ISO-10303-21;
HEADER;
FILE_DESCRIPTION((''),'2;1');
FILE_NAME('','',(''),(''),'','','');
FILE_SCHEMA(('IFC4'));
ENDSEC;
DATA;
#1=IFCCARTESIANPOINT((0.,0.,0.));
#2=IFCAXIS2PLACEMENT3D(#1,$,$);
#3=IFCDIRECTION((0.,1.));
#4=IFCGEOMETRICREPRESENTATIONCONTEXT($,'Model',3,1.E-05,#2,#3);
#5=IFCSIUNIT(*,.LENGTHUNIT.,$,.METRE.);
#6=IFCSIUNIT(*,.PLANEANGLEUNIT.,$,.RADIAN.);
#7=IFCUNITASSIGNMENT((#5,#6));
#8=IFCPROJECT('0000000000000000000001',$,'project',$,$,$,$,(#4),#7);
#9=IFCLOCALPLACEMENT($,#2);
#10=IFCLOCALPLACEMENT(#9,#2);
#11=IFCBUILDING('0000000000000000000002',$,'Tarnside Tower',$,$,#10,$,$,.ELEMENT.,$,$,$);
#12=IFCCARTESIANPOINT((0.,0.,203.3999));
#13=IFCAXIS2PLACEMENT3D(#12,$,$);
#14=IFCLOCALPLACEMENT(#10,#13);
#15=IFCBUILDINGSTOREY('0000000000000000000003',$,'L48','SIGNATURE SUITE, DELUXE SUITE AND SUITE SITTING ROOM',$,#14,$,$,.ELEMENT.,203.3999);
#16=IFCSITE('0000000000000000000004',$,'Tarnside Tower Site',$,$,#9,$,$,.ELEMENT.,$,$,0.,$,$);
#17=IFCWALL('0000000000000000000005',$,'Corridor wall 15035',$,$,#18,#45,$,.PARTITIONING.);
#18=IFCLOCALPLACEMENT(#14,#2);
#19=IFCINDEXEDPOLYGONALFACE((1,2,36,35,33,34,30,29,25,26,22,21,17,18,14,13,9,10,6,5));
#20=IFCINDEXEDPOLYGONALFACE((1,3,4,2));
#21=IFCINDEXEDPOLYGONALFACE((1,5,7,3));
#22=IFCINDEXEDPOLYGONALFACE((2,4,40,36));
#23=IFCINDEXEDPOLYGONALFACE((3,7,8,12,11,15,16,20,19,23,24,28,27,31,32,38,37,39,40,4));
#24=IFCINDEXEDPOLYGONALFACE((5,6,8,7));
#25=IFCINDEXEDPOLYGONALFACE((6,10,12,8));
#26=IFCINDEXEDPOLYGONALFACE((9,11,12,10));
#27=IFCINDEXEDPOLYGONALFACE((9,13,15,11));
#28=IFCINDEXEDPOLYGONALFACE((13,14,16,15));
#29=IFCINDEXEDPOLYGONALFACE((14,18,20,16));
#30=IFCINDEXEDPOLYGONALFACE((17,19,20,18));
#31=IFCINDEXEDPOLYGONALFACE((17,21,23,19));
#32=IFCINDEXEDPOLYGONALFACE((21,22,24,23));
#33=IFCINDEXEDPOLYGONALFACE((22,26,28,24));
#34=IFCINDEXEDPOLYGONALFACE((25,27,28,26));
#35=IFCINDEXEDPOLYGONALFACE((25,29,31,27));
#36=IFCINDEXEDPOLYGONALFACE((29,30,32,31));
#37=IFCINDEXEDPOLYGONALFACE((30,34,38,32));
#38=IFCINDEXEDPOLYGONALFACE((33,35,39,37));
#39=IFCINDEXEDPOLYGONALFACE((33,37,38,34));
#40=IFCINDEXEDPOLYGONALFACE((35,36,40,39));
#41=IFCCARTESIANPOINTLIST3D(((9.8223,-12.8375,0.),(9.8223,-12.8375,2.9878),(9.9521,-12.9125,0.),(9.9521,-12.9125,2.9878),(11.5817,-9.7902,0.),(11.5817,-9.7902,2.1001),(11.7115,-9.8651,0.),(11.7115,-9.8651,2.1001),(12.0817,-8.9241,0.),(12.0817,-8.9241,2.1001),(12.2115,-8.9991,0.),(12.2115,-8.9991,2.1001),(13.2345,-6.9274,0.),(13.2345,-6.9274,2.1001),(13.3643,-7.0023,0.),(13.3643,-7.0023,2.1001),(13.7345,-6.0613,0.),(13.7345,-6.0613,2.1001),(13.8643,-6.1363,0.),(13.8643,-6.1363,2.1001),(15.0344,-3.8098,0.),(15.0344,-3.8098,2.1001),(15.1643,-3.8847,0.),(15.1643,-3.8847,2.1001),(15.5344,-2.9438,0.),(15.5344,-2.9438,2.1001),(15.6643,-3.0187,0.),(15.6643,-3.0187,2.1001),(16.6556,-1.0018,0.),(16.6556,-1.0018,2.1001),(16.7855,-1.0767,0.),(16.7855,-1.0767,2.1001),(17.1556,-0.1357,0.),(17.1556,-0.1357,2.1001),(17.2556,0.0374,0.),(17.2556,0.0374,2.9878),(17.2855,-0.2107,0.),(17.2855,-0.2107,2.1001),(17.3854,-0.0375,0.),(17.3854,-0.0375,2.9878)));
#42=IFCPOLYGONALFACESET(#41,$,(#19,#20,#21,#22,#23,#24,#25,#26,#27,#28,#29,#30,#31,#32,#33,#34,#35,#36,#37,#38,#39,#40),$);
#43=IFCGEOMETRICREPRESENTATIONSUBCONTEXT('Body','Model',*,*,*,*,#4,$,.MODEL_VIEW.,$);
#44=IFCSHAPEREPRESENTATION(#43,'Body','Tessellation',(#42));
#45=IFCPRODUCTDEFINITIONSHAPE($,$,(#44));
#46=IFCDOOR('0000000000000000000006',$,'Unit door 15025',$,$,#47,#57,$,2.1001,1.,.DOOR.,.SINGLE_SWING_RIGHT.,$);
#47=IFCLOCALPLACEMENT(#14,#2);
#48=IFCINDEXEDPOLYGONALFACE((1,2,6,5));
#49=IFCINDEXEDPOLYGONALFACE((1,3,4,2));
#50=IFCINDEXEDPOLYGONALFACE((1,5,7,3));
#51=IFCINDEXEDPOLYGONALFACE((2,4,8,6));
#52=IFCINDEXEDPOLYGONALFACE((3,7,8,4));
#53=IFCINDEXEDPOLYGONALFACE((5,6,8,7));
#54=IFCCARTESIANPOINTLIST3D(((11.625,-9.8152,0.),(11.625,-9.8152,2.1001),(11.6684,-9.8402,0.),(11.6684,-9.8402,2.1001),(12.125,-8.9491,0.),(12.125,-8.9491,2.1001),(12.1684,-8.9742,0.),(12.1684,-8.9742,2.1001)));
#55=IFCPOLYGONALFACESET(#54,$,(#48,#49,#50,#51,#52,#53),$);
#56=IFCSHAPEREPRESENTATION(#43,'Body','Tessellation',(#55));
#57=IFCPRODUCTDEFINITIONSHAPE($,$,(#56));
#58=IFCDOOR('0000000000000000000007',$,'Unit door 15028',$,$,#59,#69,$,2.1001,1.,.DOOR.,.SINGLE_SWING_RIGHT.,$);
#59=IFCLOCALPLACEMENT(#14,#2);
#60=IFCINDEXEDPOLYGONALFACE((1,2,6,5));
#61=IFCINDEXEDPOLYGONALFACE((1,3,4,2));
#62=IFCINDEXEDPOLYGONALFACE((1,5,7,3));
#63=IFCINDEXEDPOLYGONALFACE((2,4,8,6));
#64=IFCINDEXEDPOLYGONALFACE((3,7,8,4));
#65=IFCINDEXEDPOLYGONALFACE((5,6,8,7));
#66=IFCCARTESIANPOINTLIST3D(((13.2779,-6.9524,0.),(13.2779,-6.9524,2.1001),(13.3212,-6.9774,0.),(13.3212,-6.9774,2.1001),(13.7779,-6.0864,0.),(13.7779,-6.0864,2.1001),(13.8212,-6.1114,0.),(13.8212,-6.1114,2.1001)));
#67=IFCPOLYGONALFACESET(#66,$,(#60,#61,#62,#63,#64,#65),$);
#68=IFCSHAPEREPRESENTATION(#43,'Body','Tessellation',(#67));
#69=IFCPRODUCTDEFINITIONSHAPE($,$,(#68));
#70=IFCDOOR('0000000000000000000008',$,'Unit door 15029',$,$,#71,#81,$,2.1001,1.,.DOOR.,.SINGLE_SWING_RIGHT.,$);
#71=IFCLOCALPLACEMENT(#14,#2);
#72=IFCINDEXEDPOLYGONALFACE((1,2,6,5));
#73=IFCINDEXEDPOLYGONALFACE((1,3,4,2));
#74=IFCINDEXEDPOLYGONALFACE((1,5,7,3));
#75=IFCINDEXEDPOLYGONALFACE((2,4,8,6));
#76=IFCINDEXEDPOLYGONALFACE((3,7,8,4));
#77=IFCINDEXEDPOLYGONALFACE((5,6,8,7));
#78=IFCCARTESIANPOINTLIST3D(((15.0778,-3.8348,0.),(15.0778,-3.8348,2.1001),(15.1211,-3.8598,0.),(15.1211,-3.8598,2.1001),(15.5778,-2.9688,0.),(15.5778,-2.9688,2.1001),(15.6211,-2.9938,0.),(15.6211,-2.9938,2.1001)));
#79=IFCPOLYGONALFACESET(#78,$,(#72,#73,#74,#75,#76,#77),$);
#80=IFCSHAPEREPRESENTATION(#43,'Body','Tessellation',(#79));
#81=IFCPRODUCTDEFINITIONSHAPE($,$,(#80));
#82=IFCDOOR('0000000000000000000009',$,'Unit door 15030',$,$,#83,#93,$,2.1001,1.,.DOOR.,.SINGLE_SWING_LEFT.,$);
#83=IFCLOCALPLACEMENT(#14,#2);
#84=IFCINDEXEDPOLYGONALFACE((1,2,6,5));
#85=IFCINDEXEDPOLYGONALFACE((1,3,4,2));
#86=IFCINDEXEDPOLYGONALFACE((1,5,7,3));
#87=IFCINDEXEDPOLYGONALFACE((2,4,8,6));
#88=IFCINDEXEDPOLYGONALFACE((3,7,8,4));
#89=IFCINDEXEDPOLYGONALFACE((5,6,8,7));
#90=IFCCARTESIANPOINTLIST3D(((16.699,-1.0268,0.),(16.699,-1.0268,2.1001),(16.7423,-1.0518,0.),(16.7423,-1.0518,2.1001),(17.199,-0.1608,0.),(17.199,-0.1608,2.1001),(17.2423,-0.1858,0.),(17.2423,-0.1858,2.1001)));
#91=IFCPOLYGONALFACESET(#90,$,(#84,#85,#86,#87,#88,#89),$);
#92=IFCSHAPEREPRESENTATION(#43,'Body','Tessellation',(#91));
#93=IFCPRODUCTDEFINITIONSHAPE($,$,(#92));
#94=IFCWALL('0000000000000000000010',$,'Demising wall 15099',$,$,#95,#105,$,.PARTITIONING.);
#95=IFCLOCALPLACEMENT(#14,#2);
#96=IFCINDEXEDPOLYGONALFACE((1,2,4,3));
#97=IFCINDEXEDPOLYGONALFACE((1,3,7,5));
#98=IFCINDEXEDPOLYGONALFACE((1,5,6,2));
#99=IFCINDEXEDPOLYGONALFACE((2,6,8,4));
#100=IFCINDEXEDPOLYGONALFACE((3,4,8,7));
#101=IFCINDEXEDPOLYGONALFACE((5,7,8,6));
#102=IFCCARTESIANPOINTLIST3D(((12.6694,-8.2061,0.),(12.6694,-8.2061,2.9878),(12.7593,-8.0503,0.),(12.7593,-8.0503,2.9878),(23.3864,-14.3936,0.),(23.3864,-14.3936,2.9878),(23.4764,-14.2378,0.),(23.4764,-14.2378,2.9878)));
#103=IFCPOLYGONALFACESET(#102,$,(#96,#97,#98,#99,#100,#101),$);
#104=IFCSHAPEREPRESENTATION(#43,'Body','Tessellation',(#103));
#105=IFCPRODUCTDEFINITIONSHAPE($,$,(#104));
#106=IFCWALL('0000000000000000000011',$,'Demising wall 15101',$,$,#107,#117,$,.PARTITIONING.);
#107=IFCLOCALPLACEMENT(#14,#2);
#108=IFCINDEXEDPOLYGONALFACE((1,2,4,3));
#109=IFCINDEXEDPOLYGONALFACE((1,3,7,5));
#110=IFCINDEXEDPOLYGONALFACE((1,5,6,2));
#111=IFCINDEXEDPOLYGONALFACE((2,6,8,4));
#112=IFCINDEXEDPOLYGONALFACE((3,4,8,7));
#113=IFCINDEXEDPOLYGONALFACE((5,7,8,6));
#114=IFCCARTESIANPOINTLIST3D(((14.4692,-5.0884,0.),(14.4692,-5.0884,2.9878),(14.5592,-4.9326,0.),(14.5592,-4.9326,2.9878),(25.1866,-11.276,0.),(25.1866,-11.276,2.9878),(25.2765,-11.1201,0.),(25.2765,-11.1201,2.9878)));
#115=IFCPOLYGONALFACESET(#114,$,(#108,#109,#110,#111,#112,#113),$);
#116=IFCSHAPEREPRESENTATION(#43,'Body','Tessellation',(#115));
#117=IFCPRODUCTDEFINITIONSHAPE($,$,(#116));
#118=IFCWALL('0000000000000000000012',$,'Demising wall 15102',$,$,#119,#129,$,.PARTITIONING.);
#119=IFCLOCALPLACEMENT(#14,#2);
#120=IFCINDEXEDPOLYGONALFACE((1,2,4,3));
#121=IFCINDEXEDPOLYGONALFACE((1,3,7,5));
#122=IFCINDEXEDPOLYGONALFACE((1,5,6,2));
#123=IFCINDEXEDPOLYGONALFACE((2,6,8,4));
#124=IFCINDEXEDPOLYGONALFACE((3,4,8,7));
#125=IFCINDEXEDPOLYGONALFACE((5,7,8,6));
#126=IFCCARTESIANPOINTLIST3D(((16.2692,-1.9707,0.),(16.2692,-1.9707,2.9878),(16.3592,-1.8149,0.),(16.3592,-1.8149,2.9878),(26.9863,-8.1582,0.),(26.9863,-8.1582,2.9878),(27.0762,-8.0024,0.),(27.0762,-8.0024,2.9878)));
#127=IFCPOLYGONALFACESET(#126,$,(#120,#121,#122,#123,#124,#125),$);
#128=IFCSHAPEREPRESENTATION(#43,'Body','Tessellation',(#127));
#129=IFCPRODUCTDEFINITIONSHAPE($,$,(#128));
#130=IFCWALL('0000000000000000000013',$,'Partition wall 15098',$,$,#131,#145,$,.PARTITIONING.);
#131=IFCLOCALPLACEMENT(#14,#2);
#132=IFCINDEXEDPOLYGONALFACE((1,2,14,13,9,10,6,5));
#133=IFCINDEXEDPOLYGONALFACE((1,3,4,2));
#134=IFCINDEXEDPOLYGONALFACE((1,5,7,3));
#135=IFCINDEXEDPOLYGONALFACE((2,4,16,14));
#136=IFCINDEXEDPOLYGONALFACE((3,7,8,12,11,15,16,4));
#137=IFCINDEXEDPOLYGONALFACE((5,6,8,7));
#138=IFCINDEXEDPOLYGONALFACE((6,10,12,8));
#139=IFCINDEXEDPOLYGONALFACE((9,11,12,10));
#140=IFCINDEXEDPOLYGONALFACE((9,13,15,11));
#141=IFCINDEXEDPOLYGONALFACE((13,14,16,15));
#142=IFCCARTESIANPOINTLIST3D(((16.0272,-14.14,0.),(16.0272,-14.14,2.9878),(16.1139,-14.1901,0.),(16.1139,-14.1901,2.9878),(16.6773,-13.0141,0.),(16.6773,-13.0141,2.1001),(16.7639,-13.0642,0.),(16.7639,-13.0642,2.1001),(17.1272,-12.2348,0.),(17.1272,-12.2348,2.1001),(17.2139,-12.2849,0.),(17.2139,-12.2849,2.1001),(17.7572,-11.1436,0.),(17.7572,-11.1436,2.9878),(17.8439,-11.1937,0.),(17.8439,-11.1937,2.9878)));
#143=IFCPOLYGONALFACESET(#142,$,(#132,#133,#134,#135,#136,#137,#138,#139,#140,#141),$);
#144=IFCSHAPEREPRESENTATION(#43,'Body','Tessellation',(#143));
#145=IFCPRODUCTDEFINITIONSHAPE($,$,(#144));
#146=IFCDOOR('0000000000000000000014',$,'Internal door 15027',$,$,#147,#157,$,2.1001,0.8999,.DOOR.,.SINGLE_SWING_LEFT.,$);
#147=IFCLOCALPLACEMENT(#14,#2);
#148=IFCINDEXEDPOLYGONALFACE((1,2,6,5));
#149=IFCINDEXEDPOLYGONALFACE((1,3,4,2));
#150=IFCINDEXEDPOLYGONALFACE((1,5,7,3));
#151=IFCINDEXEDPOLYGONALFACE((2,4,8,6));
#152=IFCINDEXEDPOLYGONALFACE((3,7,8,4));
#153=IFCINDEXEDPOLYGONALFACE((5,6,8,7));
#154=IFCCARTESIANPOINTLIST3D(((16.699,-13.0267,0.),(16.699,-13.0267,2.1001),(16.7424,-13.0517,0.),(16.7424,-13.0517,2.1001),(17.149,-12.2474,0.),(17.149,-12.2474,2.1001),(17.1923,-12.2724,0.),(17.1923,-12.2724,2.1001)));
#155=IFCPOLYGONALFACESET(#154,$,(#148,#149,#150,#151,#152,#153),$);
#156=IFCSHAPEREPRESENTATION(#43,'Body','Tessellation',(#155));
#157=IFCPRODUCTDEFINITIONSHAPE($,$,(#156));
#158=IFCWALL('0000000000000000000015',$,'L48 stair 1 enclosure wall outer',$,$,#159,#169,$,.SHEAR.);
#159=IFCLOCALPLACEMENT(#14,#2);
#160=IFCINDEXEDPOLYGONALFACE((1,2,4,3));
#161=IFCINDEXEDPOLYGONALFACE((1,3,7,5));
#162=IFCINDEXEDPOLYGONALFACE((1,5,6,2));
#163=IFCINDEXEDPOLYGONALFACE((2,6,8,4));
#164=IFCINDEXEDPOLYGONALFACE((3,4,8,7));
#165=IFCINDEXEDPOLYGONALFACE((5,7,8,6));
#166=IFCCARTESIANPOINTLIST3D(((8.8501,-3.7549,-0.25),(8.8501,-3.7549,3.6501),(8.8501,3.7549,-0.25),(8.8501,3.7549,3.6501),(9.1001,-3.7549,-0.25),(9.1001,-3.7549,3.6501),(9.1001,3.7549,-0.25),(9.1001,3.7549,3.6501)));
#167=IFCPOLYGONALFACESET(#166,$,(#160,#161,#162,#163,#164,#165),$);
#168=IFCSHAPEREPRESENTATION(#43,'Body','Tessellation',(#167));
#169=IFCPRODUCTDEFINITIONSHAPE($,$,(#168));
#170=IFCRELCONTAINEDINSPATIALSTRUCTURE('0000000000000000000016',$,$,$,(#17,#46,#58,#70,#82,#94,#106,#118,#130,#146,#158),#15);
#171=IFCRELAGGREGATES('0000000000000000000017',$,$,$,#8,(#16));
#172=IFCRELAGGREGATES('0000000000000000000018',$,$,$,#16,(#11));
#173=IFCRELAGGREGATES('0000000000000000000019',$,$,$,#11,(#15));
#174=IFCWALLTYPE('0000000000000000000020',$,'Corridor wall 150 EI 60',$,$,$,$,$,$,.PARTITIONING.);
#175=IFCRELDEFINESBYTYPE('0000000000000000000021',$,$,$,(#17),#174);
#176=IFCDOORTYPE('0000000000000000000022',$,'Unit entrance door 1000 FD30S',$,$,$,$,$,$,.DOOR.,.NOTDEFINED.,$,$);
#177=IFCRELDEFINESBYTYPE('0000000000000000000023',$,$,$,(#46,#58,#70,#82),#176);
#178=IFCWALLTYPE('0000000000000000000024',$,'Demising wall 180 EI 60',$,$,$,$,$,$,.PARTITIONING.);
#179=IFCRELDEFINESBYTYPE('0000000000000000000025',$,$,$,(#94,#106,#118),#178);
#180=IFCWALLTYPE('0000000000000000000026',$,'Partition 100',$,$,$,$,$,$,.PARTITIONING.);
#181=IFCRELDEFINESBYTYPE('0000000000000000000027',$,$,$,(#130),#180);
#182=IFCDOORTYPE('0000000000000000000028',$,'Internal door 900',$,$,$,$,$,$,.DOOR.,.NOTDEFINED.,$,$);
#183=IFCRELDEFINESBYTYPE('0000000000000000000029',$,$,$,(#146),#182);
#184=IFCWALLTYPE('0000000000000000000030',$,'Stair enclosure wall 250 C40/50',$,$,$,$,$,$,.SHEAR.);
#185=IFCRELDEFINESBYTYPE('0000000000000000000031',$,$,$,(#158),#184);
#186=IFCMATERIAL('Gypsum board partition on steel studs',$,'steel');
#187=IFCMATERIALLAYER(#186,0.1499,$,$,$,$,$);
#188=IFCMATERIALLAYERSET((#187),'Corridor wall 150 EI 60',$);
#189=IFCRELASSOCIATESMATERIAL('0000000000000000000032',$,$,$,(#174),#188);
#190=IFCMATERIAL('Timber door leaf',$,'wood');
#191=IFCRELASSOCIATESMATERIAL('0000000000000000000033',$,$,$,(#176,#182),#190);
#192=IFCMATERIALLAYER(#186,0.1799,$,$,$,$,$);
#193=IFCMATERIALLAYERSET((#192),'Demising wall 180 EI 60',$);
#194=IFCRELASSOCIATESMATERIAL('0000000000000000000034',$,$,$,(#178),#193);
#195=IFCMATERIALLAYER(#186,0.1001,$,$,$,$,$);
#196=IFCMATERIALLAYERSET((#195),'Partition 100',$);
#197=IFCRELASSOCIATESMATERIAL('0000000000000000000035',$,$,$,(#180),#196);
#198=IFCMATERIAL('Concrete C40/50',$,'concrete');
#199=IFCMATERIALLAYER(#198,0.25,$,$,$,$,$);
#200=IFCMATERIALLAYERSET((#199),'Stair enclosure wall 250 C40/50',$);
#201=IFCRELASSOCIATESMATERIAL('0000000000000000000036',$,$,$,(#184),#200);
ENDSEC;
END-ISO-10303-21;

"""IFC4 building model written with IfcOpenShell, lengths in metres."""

from ifc_helpers import new_model, si_unit, direction, frame, frame_2d, origin, place, context, subcontext, project, spatial, rectangle, extrude, material, layer, layer_set, type_object, element, fill, save


model = new_model("IFC4")

# Units and contexts
model_context = context("Model", 3, precision=1e-05, world=origin(), true_north=direction((0.0, 1.0)))
body_context = subcontext(model_context, "Body", "Model", "MODEL_VIEW")
ifc_project = project(units=[si_unit("LENGTHUNIT", "METRE"), si_unit("PLANEANGLEUNIT", "RADIAN")], contexts=[model_context])

# Site, building, storey
site_placement = place(None, origin())
site = spatial("IfcSite", under=ifc_project, at=site_placement, Name="Tarnside Tower Site", CompositionType="ELEMENT", RefElevation=0.0)
building_placement = place(site_placement, origin())
building = spatial("IfcBuilding", under=site, at=building_placement, Name="Tarnside Tower", CompositionType="ELEMENT")
storey_placement = place(building_placement, frame((0.0, 0.0, 203.3999)))
storey = spatial("IfcBuildingStorey", under=building, at=storey_placement, Name="L48", Description="SIGNATURE SUITE, DELUXE SUITE AND SUITE SITTING ROOM", CompositionType="ELEMENT", Elevation=203.3999)

# Shared definitions
ifc_material_1 = material(Name="Gypsum board partition on steel studs", Category="steel")
ifc_material_2 = material(Name="Timber door leaf", Category="wood")

# Wall, openings, doors
ifc_layer_1 = layer(ifc_material_1, 0.1499)
ifc_layer_set_1 = layer_set([ifc_layer_1], Name="Corridor wall 150 EI 60")
wall_type_1 = type_object("IfcWallType", Name="Corridor wall 150 EI 60", PredefinedType="PARTITIONING", material=ifc_layer_set_1)
wall_1_placement = place(storey_placement, frame((9.8872, -12.875, 0.0), z_axis=(0.0, 0.0, 1.0), x_axis=(0.499998, 0.866026, 0.0)))
wall_1 = element("IfcWall", 1, at=wall_1_placement, inside=storey, type_object=wall_type_1, Name="Corridor wall 15035", PredefinedType="PARTITIONING", context=body_context, shape_type="SweptSolid", body=[
    extrude(rectangle(XDim=14.8667, YDim=0.1499, at=frame_2d((7.4333, 0.0))), origin(), (0.0, 0.0, 1.0), 2.9878),
])
opening_1_placement = place(wall_1_placement, frame((3.5188, 0.0, 0.0)))
opening_1 = element("IfcOpeningElement", 2, at=opening_1_placement, cuts=wall_1, PredefinedType="OPENING", context=body_context, shape_type="SweptSolid", body=[
    extrude(rectangle(XDim=1.0, YDim=2.1001, at=frame_2d((0.5, 1.05))), frame((0.0, 0.085, 0.0), z_axis=(0.0, -1.0, 0.0), x_axis=(1.0, 0.0, 0.0)), (0.0, 0.0, 1.0), 0.1699),
])
opening_2_placement = place(wall_1_placement, frame((6.8245, 0.0, 0.0)))
opening_2 = element("IfcOpeningElement", 3, at=opening_2_placement, cuts=wall_1, PredefinedType="OPENING", context=body_context, shape_type="SweptSolid", body=[
    extrude(rectangle(XDim=1.0, YDim=2.1001, at=frame_2d((0.5, 1.05))), frame((0.0, 0.085, 0.0), z_axis=(0.0, -1.0, 0.0), x_axis=(1.0, 0.0, 0.0)), (0.0, 0.0, 1.0), 0.1699),
])
opening_3_placement = place(wall_1_placement, frame((10.4243, 0.0, 0.0)))
opening_3 = element("IfcOpeningElement", 4, at=opening_3_placement, cuts=wall_1, PredefinedType="OPENING", context=body_context, shape_type="SweptSolid", body=[
    extrude(rectangle(XDim=1.0, YDim=2.1001, at=frame_2d((0.5, 1.05))), frame((0.0, 0.085, 0.0), z_axis=(0.0, -1.0, 0.0), x_axis=(1.0, 0.0, 0.0)), (0.0, 0.0, 1.0), 0.1699),
])
opening_4_placement = place(wall_1_placement, frame((13.6667, 0.0, 0.0)))
opening_4 = element("IfcOpeningElement", 5, at=opening_4_placement, cuts=wall_1, PredefinedType="OPENING", context=body_context, shape_type="SweptSolid", body=[
    extrude(rectangle(XDim=1.0, YDim=2.1001, at=frame_2d((0.5, 1.05))), frame((0.0, 0.085, 0.0), z_axis=(0.0, -1.0, 0.0), x_axis=(1.0, 0.0, 0.0)), (0.0, 0.0, 1.0), 0.1699),
])
door_type_1 = type_object("IfcDoorType", Name="Unit entrance door 1000 FD30S", OperationType="NOTDEFINED", PredefinedType="DOOR", material=ifc_material_2)
door_1_placement = place(opening_1_placement, origin())
door_1 = element("IfcDoor", 6, at=door_1_placement, inside=storey, type_object=door_type_1, Name="Unit door 15025", OperationType="SINGLE_SWING_RIGHT", OverallHeight=2.1001, OverallWidth=1.0, PredefinedType="DOOR", context=body_context, shape_type="SweptSolid", body=[
    extrude(rectangle(XDim=1.0, YDim=2.1001, at=frame_2d((0.5, 1.05))), frame((0.0, 0.0249, 0.0), z_axis=(0.0, -1.0, 0.0), x_axis=(1.0, 0.0, 0.0)), (0.0, 0.0, 1.0), 0.05),
])
fill(opening_1, door_1)
door_2_placement = place(opening_2_placement, origin())
door_2 = element("IfcDoor", 7, at=door_2_placement, inside=storey, type_object=door_type_1, Name="Unit door 15028", OperationType="SINGLE_SWING_RIGHT", OverallHeight=2.1001, OverallWidth=1.0, PredefinedType="DOOR", context=body_context, shape_type="SweptSolid", body=[
    extrude(rectangle(XDim=1.0, YDim=2.1001, at=frame_2d((0.5, 1.05))), frame((0.0, 0.0249, 0.0), z_axis=(0.0, -1.0, 0.0), x_axis=(1.0, 0.0, 0.0)), (0.0, 0.0, 1.0), 0.05),
])
fill(opening_2, door_2)
door_3_placement = place(opening_3_placement, origin())
door_3 = element("IfcDoor", 8, at=door_3_placement, inside=storey, type_object=door_type_1, Name="Unit door 15029", OperationType="SINGLE_SWING_RIGHT", OverallHeight=2.1001, OverallWidth=1.0, PredefinedType="DOOR", context=body_context, shape_type="SweptSolid", body=[
    extrude(rectangle(XDim=1.0, YDim=2.1001, at=frame_2d((0.5, 1.05))), frame((0.0, 0.0249, 0.0), z_axis=(0.0, -1.0, 0.0), x_axis=(1.0, 0.0, 0.0)), (0.0, 0.0, 1.0), 0.05),
])
fill(opening_3, door_3)
door_4_placement = place(opening_4_placement, origin())
door_4 = element("IfcDoor", 9, at=door_4_placement, inside=storey, type_object=door_type_1, Name="Unit door 15030", OperationType="SINGLE_SWING_LEFT", OverallHeight=2.1001, OverallWidth=1.0, PredefinedType="DOOR", context=body_context, shape_type="SweptSolid", body=[
    extrude(rectangle(XDim=1.0, YDim=2.1001, at=frame_2d((0.5, 1.05))), frame((0.0, 0.0249, 0.0), z_axis=(0.0, -1.0, 0.0), x_axis=(1.0, 0.0, 0.0)), (0.0, 0.0, 1.0), 0.05),
])
fill(opening_4, door_4)

# Walls
ifc_layer_2 = layer(ifc_material_1, 0.1799)
ifc_layer_set_2 = layer_set([ifc_layer_2], Name="Demising wall 180 EI 60")
wall_type_2 = type_object("IfcWallType", Name="Demising wall 180 EI 60", PredefinedType="PARTITIONING", material=ifc_layer_set_2)
wall_2_placement = place(storey_placement, frame((23.4314, -14.3157, 0.0), z_axis=(0.0, 0.0, 1.0), x_axis=(-0.866025, 0.500001, 0.0)))
element("IfcWall", 10, at=wall_2_placement, inside=storey, type_object=wall_type_2, Name="Demising wall 15099", PredefinedType="PARTITIONING", context=body_context, shape_type="SweptSolid", body=[
    extrude(rectangle(XDim=12.375, YDim=0.1799, at=frame_2d((6.1875, 0.0))), origin(), (0.0, 0.0, 1.0), 2.9878),
])
wall_3_placement = place(storey_placement, frame((25.2314, -11.198, 0.0), z_axis=(0.0, 0.0, 1.0), x_axis=(-0.86603, 0.499992, 0.0)))
element("IfcWall", 11, at=wall_3_placement, inside=storey, type_object=wall_type_2, Name="Demising wall 15101", PredefinedType="PARTITIONING", context=body_context, shape_type="SweptSolid", body=[
    extrude(rectangle(XDim=12.3752, YDim=0.1799, at=frame_2d((6.1875, 0.0))), origin(), (0.0, 0.0, 1.0), 2.9878),
])
wall_4_placement = place(storey_placement, frame((27.0312, -8.0803, 0.0), z_axis=(0.0, 0.0, 1.0), x_axis=(-0.866025, 0.500001, 0.0)))
element("IfcWall", 12, at=wall_4_placement, inside=storey, type_object=wall_type_2, Name="Demising wall 15102", PredefinedType="PARTITIONING", context=body_context, shape_type="SweptSolid", body=[
    extrude(rectangle(XDim=12.375, YDim=0.1799, at=frame_2d((6.1875, 0.0))), origin(), (0.0, 0.0, 1.0), 2.9878),
])

# Wall, opening, door
ifc_layer_3 = layer(ifc_material_1, 0.1001)
ifc_layer_set_3 = layer_set([ifc_layer_3], Name="Partition 100")
wall_type_3 = type_object("IfcWallType", Name="Partition 100", PredefinedType="PARTITIONING", material=ifc_layer_set_3)
wall_5_placement = place(storey_placement, frame((16.0706, -14.165, 0.0), z_axis=(0.0, 0.0, 1.0), x_axis=(0.50001, 0.86602, 0.0)))
wall_5 = element("IfcWall", 13, at=wall_5_placement, inside=storey, type_object=wall_type_3, Name="Partition wall 15098", PredefinedType="PARTITIONING", context=body_context, shape_type="SweptSolid", body=[
    extrude(rectangle(XDim=3.46, YDim=0.1001, at=frame_2d((1.73, 0.0))), origin(), (0.0, 0.0, 1.0), 2.9878),
])
opening_5_placement = place(wall_5_placement, frame((1.3, 0.0, 0.0)))
opening_5 = element("IfcOpeningElement", 14, at=opening_5_placement, cuts=wall_5, PredefinedType="OPENING", context=body_context, shape_type="SweptSolid", body=[
    extrude(rectangle(XDim=0.8999, YDim=2.1001, at=frame_2d((0.45, 1.05))), frame((0.0, 0.0601, 0.0), z_axis=(0.0, -1.0, 0.0), x_axis=(1.0, 0.0, 0.0)), (0.0, 0.0, 1.0), 0.1201),
])
door_type_2 = type_object("IfcDoorType", Name="Internal door 900", OperationType="NOTDEFINED", PredefinedType="DOOR", material=ifc_material_2)
door_5_placement = place(opening_5_placement, origin())
door_5 = element("IfcDoor", 15, at=door_5_placement, inside=storey, type_object=door_type_2, Name="Internal door 15027", OperationType="SINGLE_SWING_LEFT", OverallHeight=2.1001, OverallWidth=0.8999, PredefinedType="DOOR", context=body_context, shape_type="SweptSolid", body=[
    extrude(rectangle(XDim=0.8999, YDim=2.1001, at=frame_2d((0.45, 1.05))), frame((0.0, 0.0249, 0.0), z_axis=(0.0, -1.0, 0.0), x_axis=(1.0, 0.0, 0.0)), (0.0, 0.0, 1.0), 0.05),
])
fill(opening_5, door_5)

# Wall
ifc_material_3 = material(Name="Concrete C40/50", Category="concrete")
ifc_layer_4 = layer(ifc_material_3, 0.25)
ifc_layer_set_4 = layer_set([ifc_layer_4], Name="Stair enclosure wall 250 C40/50")
wall_type_4 = type_object("IfcWallType", Name="Stair enclosure wall 250 C40/50", PredefinedType="SHEAR", material=ifc_layer_set_4)
wall_6_placement = place(storey_placement, frame((8.9751, -3.7549, -0.25), z_axis=(0.0, 0.0, 1.0), x_axis=(0.0, 1.0, 0.0)))
element("IfcWall", 16, at=wall_6_placement, inside=storey, type_object=wall_type_4, Name="L48 stair 1 enclosure wall outer", PredefinedType="SHEAR", context=body_context, shape_type="SweptSolid", body=[
    extrude(rectangle(XDim=7.5098, YDim=0.25, at=frame_2d((3.7549, 0.0))), origin(), (0.0, 0.0, 1.0), 3.9001),
])

save(model, "model.ifc")
